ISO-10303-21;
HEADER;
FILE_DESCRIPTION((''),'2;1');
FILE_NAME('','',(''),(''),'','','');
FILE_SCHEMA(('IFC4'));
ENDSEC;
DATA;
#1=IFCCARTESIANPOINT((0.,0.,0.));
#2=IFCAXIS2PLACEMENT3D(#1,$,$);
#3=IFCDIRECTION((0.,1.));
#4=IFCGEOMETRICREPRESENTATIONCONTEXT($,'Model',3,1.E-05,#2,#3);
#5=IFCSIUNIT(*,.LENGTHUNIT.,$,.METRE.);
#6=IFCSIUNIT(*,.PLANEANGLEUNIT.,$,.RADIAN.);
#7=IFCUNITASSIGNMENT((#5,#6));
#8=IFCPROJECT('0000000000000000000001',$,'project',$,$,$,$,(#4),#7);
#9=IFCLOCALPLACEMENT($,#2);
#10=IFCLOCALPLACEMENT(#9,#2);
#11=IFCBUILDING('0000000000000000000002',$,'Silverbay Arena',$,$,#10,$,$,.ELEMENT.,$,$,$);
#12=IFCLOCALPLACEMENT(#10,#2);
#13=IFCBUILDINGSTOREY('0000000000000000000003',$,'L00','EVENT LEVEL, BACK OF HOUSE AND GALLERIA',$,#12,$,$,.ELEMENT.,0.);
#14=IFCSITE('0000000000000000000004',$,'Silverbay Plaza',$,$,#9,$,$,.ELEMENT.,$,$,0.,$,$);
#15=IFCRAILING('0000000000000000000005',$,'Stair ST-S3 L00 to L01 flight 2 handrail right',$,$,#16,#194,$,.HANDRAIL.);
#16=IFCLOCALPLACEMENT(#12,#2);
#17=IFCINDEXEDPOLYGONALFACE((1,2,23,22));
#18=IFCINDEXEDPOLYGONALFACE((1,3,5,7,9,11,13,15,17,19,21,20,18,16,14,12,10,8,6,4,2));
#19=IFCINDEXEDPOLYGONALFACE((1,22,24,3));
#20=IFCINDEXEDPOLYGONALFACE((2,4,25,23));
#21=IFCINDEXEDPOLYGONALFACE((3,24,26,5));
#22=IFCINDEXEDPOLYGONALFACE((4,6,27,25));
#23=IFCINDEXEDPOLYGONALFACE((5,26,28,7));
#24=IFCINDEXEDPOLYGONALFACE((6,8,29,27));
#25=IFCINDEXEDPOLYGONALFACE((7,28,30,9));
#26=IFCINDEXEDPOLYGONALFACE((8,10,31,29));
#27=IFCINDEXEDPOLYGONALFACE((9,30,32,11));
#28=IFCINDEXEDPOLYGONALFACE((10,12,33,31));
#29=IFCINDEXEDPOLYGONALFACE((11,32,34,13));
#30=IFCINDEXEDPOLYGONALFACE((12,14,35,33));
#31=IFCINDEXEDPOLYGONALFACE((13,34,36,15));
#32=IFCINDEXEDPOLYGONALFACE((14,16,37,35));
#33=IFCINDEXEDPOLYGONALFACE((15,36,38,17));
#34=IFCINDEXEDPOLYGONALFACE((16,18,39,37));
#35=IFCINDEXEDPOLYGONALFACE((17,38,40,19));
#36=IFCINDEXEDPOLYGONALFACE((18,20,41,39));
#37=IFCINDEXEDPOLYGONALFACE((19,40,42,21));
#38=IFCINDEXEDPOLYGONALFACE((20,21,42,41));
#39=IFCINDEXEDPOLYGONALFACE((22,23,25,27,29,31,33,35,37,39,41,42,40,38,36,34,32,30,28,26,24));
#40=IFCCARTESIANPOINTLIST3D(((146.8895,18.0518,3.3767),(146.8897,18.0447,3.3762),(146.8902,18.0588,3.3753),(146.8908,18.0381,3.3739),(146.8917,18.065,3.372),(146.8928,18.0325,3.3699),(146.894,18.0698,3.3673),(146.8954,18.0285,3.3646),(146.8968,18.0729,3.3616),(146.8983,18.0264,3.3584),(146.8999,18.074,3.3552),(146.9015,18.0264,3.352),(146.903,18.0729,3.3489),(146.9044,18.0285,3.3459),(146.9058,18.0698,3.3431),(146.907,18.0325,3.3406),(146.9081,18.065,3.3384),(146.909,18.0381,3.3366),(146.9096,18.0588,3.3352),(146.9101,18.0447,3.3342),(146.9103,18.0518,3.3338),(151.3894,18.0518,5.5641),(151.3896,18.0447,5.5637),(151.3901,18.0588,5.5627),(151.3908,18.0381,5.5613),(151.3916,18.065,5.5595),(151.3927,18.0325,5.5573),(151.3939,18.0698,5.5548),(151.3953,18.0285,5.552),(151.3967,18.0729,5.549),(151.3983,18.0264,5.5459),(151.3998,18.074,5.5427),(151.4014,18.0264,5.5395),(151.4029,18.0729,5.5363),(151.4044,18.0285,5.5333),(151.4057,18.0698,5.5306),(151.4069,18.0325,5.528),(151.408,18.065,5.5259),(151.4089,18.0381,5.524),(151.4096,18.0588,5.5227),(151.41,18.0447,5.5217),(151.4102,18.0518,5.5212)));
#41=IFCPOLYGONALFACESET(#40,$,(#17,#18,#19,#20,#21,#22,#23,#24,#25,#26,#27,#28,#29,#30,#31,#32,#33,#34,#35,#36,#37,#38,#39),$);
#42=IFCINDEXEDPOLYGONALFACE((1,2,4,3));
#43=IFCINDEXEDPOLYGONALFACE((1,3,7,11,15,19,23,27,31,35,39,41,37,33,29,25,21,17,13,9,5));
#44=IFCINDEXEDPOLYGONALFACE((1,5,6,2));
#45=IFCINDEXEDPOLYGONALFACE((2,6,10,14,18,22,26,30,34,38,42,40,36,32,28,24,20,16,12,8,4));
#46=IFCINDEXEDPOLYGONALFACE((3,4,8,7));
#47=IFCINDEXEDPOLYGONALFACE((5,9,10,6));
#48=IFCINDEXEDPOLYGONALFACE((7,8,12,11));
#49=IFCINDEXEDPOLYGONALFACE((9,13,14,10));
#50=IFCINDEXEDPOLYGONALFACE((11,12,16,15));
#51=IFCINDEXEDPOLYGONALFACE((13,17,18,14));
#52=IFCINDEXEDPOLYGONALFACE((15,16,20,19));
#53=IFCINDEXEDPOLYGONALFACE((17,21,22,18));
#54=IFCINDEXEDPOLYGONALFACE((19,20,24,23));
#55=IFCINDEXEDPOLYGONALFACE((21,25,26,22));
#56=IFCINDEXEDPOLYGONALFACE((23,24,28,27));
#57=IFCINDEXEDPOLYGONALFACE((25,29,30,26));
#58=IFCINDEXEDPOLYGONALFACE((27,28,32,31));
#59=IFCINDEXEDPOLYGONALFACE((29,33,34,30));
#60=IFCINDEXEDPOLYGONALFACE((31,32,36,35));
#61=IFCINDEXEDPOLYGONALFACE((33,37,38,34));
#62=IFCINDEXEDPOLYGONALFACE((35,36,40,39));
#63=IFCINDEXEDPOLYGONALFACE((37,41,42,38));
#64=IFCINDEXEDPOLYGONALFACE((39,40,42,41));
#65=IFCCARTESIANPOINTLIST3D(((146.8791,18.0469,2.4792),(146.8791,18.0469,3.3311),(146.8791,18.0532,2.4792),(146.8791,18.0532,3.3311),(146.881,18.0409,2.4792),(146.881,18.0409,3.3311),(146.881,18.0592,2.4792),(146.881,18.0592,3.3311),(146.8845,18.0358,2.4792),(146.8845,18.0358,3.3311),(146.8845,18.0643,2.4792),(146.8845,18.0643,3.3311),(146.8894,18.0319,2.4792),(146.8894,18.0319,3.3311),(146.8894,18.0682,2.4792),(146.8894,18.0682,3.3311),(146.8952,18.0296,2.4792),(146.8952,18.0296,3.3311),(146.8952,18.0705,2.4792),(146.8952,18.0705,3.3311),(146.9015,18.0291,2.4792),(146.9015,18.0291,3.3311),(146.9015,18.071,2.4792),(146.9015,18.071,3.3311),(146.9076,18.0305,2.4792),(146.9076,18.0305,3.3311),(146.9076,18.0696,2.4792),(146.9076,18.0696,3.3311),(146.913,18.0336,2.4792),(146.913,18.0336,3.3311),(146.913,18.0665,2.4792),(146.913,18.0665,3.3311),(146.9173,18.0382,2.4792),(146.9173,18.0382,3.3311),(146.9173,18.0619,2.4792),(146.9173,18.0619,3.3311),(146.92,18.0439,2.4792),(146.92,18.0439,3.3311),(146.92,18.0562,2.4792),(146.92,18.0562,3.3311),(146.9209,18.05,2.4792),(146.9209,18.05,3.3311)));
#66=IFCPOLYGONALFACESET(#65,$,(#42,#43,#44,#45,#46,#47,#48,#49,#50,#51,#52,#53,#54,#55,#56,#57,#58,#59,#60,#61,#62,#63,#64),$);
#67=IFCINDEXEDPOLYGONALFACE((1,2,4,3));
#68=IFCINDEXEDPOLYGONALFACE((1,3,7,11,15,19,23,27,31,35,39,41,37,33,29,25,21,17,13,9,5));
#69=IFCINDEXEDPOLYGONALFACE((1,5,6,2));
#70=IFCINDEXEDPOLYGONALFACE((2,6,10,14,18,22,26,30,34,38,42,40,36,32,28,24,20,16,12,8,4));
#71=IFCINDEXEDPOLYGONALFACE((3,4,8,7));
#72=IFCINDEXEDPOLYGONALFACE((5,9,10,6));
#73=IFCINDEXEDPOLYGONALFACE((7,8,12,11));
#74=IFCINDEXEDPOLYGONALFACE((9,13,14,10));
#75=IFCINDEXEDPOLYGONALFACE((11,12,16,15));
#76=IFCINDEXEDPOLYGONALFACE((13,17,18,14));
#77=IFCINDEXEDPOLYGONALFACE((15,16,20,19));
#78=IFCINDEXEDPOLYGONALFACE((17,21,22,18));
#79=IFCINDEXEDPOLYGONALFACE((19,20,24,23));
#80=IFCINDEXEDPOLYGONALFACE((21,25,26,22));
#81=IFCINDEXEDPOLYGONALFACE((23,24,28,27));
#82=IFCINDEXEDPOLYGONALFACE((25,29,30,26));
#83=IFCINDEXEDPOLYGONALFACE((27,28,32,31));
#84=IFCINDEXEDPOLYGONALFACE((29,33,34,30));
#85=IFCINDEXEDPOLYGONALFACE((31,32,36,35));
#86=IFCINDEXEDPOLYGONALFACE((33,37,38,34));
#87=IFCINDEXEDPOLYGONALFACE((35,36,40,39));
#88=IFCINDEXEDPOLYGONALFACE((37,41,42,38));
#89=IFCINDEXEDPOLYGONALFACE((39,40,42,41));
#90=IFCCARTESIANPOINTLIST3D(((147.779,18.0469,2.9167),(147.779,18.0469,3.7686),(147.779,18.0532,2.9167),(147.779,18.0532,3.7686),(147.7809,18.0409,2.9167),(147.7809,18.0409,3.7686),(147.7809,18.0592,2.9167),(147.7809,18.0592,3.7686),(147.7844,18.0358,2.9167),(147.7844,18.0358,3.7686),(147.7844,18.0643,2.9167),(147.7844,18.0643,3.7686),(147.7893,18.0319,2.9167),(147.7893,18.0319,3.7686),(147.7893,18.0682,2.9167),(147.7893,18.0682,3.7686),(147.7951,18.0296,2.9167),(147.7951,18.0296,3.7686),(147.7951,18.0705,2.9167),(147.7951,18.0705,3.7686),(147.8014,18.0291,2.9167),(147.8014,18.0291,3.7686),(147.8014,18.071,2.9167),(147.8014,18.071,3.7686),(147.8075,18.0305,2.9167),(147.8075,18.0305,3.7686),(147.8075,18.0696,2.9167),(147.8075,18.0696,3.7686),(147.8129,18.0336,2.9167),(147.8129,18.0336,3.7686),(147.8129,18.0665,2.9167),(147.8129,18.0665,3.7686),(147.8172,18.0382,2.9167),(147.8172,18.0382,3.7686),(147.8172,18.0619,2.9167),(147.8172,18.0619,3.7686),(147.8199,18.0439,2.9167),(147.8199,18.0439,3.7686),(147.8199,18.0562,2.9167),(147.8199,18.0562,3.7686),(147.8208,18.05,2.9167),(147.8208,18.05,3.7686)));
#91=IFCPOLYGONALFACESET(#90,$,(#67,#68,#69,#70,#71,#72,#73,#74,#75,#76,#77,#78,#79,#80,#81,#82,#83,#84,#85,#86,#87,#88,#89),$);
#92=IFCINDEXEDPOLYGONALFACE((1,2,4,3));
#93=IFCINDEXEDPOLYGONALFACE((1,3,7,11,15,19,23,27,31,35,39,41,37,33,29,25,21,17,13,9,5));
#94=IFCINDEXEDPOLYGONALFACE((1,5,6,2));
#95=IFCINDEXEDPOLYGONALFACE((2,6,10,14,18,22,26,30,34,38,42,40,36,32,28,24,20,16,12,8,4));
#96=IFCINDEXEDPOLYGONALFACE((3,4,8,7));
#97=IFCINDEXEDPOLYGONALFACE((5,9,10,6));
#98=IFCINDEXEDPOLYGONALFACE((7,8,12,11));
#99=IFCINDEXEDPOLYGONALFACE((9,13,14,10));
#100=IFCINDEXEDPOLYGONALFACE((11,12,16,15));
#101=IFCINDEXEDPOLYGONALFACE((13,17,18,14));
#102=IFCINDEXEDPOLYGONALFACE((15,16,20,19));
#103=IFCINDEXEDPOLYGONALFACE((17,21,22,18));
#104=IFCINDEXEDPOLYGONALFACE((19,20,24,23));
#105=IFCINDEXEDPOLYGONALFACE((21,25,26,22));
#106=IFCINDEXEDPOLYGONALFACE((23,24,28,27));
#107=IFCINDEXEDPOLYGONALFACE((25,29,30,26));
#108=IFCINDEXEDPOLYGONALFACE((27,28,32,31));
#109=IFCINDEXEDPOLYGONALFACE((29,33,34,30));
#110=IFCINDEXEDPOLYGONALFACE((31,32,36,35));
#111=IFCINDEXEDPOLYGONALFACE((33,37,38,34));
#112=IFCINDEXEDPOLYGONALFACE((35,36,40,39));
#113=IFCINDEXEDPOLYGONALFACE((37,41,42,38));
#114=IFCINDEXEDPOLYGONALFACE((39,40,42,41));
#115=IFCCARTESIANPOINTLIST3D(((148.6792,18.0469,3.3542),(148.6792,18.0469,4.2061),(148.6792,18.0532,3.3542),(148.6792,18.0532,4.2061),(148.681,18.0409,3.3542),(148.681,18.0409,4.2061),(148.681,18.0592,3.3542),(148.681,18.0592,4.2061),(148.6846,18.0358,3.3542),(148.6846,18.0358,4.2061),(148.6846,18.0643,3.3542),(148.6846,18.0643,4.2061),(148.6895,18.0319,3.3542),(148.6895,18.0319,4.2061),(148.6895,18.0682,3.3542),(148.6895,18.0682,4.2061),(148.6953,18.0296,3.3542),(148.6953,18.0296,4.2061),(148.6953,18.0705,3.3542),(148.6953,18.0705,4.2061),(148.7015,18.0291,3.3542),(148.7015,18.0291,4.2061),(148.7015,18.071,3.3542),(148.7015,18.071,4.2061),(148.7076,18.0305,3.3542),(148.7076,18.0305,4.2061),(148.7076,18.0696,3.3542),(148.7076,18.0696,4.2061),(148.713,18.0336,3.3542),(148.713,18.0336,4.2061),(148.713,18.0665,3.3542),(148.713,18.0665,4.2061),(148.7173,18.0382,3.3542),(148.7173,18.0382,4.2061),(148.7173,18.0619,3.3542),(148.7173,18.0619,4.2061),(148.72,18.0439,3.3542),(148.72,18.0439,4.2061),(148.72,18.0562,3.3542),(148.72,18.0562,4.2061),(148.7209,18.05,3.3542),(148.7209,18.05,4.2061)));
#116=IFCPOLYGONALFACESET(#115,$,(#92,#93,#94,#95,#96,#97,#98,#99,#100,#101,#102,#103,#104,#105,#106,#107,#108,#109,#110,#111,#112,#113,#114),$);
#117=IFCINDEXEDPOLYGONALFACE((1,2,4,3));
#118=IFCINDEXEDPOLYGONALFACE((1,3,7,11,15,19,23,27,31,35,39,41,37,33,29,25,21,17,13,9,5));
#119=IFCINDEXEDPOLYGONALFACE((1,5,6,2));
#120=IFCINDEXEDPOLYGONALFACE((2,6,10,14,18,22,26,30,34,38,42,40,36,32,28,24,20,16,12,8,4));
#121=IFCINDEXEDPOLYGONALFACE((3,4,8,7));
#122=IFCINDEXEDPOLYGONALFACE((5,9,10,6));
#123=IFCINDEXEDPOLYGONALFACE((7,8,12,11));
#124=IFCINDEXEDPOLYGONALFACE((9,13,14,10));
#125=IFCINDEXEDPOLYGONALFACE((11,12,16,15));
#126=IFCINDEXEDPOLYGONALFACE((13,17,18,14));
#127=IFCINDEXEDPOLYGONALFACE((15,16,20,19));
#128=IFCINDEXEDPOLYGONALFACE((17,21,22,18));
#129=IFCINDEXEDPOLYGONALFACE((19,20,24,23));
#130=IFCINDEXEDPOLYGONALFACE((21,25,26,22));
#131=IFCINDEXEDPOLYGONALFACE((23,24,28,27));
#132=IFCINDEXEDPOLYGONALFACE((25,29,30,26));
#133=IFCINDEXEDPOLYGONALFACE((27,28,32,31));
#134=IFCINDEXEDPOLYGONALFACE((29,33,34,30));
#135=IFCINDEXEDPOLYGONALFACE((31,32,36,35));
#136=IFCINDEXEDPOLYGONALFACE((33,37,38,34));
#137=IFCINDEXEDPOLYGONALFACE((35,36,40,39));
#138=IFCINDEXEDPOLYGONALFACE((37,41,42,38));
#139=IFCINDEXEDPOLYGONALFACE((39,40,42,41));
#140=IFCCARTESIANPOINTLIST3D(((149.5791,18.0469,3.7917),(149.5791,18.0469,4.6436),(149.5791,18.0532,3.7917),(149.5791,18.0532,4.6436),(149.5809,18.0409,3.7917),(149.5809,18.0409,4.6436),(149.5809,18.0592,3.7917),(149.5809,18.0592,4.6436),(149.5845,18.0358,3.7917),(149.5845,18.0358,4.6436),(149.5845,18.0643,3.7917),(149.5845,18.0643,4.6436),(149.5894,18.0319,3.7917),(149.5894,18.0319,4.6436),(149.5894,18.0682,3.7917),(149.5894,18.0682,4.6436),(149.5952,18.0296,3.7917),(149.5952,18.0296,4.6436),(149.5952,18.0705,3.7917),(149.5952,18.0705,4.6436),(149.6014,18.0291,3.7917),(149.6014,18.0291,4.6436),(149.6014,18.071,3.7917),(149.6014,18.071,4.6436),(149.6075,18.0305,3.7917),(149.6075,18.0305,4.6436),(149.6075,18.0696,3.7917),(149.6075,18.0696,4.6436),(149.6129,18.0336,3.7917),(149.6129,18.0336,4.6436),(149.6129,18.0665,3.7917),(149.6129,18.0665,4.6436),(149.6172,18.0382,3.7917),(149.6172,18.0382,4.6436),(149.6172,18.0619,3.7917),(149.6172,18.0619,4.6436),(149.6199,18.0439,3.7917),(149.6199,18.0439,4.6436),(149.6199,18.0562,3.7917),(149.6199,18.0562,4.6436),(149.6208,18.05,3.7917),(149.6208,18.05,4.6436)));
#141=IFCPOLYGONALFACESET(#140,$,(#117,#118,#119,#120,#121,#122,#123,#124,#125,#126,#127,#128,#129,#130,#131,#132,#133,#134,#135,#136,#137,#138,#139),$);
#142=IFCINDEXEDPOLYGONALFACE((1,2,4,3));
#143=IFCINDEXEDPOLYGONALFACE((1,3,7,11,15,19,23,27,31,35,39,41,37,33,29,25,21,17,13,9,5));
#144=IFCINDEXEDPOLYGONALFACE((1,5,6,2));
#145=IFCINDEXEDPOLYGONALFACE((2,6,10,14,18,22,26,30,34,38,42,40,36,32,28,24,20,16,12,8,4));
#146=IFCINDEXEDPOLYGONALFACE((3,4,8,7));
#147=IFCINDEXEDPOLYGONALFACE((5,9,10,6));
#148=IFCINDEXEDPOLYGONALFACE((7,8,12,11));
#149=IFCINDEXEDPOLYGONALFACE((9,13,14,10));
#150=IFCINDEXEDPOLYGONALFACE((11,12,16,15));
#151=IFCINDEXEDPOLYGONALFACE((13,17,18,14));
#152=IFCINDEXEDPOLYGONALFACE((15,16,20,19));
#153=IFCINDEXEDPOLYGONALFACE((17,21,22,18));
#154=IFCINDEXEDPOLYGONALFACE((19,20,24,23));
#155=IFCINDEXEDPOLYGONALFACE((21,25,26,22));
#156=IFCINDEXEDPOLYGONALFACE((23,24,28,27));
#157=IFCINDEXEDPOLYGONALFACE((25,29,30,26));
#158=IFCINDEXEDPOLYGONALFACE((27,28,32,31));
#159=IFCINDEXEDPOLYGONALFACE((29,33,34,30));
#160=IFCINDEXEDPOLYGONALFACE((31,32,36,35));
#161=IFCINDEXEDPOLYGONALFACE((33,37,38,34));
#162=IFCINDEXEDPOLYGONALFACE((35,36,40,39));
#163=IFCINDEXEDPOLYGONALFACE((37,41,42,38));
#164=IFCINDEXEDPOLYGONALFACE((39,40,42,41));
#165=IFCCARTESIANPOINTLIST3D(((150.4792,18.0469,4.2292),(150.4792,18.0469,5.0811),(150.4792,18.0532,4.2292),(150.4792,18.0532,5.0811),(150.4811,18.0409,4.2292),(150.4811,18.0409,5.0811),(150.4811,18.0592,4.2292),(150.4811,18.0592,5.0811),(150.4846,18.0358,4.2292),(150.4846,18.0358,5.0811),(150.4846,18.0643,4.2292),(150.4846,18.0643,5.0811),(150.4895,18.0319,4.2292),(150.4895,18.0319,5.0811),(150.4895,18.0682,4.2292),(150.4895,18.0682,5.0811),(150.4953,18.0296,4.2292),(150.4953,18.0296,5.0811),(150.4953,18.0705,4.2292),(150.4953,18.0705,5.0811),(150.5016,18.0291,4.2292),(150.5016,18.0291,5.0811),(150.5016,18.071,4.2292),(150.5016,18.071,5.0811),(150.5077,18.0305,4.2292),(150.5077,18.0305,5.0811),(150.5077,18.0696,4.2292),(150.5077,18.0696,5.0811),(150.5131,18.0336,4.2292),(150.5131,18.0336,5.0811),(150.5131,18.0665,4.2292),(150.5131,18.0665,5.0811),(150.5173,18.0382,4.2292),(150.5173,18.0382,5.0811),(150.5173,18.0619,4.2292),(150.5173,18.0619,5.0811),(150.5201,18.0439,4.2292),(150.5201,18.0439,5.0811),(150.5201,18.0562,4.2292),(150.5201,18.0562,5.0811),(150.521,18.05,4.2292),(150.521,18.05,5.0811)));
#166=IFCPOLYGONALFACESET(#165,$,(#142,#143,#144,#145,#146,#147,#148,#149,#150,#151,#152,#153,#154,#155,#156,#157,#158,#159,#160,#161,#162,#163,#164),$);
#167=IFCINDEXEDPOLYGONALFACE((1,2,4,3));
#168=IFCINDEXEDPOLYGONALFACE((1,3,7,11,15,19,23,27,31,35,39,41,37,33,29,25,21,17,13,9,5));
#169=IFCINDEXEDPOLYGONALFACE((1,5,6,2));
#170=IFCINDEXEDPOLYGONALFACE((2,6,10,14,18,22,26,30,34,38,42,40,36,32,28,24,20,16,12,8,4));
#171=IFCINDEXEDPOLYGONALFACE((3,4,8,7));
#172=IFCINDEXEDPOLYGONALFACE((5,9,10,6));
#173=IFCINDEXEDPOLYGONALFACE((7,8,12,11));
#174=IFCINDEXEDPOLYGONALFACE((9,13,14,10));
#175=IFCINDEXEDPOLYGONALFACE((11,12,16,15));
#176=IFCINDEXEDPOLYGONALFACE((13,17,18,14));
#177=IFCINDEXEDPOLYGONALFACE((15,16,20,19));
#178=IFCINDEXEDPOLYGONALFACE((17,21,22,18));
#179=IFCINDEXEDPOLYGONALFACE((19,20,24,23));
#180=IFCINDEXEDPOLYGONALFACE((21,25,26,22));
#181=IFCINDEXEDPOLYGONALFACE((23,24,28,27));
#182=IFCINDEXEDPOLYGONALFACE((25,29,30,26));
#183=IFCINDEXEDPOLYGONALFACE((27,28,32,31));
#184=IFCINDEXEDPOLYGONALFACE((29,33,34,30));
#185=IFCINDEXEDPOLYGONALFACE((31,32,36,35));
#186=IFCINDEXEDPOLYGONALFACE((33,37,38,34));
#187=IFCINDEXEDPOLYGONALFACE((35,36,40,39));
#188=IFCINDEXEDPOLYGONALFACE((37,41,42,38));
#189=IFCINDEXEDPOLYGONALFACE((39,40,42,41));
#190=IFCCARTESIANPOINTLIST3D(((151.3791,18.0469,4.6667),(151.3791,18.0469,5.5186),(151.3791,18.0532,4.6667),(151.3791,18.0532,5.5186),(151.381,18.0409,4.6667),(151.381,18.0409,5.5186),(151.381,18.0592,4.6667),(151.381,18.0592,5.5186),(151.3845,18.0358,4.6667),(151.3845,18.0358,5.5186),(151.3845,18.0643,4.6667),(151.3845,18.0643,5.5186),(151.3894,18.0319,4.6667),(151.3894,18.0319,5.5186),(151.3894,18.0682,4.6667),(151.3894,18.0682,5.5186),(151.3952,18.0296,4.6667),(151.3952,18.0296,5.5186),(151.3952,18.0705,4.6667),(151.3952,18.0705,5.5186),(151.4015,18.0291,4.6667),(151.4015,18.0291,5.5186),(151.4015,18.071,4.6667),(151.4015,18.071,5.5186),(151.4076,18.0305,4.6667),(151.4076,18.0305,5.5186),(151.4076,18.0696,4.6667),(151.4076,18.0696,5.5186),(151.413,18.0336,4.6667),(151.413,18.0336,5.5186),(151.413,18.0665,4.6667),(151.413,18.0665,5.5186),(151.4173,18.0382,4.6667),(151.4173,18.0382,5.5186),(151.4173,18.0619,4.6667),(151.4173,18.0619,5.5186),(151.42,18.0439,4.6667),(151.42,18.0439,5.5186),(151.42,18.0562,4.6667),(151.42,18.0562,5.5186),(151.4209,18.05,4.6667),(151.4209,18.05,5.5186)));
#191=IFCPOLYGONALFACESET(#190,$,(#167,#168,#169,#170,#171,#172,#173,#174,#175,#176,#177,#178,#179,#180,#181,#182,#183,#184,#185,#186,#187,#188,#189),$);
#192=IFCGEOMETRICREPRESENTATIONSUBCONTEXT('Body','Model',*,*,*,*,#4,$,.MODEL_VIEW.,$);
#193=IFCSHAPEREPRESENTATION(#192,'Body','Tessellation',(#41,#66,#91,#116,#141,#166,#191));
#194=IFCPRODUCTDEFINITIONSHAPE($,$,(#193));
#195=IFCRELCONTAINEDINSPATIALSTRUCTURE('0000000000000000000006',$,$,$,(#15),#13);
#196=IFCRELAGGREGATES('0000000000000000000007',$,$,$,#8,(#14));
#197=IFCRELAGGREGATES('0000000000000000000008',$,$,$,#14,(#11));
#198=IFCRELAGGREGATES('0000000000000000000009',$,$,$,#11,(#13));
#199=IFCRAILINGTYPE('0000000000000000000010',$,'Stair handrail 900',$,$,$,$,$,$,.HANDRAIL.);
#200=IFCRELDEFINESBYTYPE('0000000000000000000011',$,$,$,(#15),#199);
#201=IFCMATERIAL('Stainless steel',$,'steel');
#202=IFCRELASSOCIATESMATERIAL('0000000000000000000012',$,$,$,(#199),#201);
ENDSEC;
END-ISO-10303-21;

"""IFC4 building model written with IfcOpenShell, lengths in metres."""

from ifc_helpers import new_model, si_unit, direction, frame, origin, origin_2d, place, context, subcontext, project, spatial, circle, extrude, material, type_object, element, save


model = new_model("IFC4")

# Units and contexts
model_context = context("Model", 3, precision=1e-05, world=origin(), true_north=direction((0.0, 1.0)))
body_context = subcontext(model_context, "Body", "Model", "MODEL_VIEW")
ifc_project = project(units=[si_unit("LENGTHUNIT", "METRE"), si_unit("PLANEANGLEUNIT", "RADIAN")], contexts=[model_context])

# Site, building, storey
site_placement = place(None, origin())
site = spatial("IfcSite", under=ifc_project, at=site_placement, Name="Silverbay Plaza", CompositionType="ELEMENT", RefElevation=0.0)
building_placement = place(site_placement, origin())
building = spatial("IfcBuilding", under=site, at=building_placement, Name="Silverbay Arena", CompositionType="ELEMENT")
storey_placement = place(building_placement, origin())
storey = spatial("IfcBuildingStorey", under=building, at=storey_placement, Name="L00", Description="EVENT LEVEL, BACK OF HOUSE AND GALLERIA", CompositionType="ELEMENT", Elevation=0.0)

# Railing
ifc_material_1 = material(Name="Stainless steel", Category="steel")
railing_type_1 = type_object("IfcRailingType", Name="Stair handrail 900", PredefinedType="HANDRAIL", material=ifc_material_1)
for number, where, name in (
    (1, (146.8999, 18.05, 2.4792), "Stair ST-S3 L00 to L01 flight 2 handrail right"),
):
    element("IfcRailing", number, at=place(storey_placement, frame(where)), inside=storey, type_object=railing_type_1, Name=name, PredefinedType="HANDRAIL", context=body_context, shape_type="SweptSolid", body=[
        extrude(circle(Radius=0.0239, at=origin_2d()), frame((0.0, 0.0, 0.876), z_axis=(0.899368, 0.0, 0.437193), x_axis=(0.0, 1.0, 0.0)), (0.0, 0.0, 1.0), 5.0034),
        extrude(circle(Radius=0.021, at=origin_2d()), origin(), (0.0, 0.0, 1.0), 0.8518),
        extrude(circle(Radius=0.021, at=origin_2d()), frame((0.8999, 0.0, 0.4375)), (0.0, 0.0, 1.0), 0.8518),
        extrude(circle(Radius=0.021, at=origin_2d()), frame((1.8, 0.0, 0.875)), (0.0, 0.0, 1.0), 0.8518),
        extrude(circle(Radius=0.021, at=origin_2d()), frame((2.7, 0.0, 1.3125)), (0.0, 0.0, 1.0), 0.8518),
        extrude(circle(Radius=0.021, at=origin_2d()), frame((3.6001, 0.0, 1.75)), (0.0, 0.0, 1.0), 0.8518),
        extrude(circle(Radius=0.021, at=origin_2d()), frame((4.5, 0.0, 2.1875)), (0.0, 0.0, 1.0), 0.8518),
    ])

save(model, "model.ifc")
